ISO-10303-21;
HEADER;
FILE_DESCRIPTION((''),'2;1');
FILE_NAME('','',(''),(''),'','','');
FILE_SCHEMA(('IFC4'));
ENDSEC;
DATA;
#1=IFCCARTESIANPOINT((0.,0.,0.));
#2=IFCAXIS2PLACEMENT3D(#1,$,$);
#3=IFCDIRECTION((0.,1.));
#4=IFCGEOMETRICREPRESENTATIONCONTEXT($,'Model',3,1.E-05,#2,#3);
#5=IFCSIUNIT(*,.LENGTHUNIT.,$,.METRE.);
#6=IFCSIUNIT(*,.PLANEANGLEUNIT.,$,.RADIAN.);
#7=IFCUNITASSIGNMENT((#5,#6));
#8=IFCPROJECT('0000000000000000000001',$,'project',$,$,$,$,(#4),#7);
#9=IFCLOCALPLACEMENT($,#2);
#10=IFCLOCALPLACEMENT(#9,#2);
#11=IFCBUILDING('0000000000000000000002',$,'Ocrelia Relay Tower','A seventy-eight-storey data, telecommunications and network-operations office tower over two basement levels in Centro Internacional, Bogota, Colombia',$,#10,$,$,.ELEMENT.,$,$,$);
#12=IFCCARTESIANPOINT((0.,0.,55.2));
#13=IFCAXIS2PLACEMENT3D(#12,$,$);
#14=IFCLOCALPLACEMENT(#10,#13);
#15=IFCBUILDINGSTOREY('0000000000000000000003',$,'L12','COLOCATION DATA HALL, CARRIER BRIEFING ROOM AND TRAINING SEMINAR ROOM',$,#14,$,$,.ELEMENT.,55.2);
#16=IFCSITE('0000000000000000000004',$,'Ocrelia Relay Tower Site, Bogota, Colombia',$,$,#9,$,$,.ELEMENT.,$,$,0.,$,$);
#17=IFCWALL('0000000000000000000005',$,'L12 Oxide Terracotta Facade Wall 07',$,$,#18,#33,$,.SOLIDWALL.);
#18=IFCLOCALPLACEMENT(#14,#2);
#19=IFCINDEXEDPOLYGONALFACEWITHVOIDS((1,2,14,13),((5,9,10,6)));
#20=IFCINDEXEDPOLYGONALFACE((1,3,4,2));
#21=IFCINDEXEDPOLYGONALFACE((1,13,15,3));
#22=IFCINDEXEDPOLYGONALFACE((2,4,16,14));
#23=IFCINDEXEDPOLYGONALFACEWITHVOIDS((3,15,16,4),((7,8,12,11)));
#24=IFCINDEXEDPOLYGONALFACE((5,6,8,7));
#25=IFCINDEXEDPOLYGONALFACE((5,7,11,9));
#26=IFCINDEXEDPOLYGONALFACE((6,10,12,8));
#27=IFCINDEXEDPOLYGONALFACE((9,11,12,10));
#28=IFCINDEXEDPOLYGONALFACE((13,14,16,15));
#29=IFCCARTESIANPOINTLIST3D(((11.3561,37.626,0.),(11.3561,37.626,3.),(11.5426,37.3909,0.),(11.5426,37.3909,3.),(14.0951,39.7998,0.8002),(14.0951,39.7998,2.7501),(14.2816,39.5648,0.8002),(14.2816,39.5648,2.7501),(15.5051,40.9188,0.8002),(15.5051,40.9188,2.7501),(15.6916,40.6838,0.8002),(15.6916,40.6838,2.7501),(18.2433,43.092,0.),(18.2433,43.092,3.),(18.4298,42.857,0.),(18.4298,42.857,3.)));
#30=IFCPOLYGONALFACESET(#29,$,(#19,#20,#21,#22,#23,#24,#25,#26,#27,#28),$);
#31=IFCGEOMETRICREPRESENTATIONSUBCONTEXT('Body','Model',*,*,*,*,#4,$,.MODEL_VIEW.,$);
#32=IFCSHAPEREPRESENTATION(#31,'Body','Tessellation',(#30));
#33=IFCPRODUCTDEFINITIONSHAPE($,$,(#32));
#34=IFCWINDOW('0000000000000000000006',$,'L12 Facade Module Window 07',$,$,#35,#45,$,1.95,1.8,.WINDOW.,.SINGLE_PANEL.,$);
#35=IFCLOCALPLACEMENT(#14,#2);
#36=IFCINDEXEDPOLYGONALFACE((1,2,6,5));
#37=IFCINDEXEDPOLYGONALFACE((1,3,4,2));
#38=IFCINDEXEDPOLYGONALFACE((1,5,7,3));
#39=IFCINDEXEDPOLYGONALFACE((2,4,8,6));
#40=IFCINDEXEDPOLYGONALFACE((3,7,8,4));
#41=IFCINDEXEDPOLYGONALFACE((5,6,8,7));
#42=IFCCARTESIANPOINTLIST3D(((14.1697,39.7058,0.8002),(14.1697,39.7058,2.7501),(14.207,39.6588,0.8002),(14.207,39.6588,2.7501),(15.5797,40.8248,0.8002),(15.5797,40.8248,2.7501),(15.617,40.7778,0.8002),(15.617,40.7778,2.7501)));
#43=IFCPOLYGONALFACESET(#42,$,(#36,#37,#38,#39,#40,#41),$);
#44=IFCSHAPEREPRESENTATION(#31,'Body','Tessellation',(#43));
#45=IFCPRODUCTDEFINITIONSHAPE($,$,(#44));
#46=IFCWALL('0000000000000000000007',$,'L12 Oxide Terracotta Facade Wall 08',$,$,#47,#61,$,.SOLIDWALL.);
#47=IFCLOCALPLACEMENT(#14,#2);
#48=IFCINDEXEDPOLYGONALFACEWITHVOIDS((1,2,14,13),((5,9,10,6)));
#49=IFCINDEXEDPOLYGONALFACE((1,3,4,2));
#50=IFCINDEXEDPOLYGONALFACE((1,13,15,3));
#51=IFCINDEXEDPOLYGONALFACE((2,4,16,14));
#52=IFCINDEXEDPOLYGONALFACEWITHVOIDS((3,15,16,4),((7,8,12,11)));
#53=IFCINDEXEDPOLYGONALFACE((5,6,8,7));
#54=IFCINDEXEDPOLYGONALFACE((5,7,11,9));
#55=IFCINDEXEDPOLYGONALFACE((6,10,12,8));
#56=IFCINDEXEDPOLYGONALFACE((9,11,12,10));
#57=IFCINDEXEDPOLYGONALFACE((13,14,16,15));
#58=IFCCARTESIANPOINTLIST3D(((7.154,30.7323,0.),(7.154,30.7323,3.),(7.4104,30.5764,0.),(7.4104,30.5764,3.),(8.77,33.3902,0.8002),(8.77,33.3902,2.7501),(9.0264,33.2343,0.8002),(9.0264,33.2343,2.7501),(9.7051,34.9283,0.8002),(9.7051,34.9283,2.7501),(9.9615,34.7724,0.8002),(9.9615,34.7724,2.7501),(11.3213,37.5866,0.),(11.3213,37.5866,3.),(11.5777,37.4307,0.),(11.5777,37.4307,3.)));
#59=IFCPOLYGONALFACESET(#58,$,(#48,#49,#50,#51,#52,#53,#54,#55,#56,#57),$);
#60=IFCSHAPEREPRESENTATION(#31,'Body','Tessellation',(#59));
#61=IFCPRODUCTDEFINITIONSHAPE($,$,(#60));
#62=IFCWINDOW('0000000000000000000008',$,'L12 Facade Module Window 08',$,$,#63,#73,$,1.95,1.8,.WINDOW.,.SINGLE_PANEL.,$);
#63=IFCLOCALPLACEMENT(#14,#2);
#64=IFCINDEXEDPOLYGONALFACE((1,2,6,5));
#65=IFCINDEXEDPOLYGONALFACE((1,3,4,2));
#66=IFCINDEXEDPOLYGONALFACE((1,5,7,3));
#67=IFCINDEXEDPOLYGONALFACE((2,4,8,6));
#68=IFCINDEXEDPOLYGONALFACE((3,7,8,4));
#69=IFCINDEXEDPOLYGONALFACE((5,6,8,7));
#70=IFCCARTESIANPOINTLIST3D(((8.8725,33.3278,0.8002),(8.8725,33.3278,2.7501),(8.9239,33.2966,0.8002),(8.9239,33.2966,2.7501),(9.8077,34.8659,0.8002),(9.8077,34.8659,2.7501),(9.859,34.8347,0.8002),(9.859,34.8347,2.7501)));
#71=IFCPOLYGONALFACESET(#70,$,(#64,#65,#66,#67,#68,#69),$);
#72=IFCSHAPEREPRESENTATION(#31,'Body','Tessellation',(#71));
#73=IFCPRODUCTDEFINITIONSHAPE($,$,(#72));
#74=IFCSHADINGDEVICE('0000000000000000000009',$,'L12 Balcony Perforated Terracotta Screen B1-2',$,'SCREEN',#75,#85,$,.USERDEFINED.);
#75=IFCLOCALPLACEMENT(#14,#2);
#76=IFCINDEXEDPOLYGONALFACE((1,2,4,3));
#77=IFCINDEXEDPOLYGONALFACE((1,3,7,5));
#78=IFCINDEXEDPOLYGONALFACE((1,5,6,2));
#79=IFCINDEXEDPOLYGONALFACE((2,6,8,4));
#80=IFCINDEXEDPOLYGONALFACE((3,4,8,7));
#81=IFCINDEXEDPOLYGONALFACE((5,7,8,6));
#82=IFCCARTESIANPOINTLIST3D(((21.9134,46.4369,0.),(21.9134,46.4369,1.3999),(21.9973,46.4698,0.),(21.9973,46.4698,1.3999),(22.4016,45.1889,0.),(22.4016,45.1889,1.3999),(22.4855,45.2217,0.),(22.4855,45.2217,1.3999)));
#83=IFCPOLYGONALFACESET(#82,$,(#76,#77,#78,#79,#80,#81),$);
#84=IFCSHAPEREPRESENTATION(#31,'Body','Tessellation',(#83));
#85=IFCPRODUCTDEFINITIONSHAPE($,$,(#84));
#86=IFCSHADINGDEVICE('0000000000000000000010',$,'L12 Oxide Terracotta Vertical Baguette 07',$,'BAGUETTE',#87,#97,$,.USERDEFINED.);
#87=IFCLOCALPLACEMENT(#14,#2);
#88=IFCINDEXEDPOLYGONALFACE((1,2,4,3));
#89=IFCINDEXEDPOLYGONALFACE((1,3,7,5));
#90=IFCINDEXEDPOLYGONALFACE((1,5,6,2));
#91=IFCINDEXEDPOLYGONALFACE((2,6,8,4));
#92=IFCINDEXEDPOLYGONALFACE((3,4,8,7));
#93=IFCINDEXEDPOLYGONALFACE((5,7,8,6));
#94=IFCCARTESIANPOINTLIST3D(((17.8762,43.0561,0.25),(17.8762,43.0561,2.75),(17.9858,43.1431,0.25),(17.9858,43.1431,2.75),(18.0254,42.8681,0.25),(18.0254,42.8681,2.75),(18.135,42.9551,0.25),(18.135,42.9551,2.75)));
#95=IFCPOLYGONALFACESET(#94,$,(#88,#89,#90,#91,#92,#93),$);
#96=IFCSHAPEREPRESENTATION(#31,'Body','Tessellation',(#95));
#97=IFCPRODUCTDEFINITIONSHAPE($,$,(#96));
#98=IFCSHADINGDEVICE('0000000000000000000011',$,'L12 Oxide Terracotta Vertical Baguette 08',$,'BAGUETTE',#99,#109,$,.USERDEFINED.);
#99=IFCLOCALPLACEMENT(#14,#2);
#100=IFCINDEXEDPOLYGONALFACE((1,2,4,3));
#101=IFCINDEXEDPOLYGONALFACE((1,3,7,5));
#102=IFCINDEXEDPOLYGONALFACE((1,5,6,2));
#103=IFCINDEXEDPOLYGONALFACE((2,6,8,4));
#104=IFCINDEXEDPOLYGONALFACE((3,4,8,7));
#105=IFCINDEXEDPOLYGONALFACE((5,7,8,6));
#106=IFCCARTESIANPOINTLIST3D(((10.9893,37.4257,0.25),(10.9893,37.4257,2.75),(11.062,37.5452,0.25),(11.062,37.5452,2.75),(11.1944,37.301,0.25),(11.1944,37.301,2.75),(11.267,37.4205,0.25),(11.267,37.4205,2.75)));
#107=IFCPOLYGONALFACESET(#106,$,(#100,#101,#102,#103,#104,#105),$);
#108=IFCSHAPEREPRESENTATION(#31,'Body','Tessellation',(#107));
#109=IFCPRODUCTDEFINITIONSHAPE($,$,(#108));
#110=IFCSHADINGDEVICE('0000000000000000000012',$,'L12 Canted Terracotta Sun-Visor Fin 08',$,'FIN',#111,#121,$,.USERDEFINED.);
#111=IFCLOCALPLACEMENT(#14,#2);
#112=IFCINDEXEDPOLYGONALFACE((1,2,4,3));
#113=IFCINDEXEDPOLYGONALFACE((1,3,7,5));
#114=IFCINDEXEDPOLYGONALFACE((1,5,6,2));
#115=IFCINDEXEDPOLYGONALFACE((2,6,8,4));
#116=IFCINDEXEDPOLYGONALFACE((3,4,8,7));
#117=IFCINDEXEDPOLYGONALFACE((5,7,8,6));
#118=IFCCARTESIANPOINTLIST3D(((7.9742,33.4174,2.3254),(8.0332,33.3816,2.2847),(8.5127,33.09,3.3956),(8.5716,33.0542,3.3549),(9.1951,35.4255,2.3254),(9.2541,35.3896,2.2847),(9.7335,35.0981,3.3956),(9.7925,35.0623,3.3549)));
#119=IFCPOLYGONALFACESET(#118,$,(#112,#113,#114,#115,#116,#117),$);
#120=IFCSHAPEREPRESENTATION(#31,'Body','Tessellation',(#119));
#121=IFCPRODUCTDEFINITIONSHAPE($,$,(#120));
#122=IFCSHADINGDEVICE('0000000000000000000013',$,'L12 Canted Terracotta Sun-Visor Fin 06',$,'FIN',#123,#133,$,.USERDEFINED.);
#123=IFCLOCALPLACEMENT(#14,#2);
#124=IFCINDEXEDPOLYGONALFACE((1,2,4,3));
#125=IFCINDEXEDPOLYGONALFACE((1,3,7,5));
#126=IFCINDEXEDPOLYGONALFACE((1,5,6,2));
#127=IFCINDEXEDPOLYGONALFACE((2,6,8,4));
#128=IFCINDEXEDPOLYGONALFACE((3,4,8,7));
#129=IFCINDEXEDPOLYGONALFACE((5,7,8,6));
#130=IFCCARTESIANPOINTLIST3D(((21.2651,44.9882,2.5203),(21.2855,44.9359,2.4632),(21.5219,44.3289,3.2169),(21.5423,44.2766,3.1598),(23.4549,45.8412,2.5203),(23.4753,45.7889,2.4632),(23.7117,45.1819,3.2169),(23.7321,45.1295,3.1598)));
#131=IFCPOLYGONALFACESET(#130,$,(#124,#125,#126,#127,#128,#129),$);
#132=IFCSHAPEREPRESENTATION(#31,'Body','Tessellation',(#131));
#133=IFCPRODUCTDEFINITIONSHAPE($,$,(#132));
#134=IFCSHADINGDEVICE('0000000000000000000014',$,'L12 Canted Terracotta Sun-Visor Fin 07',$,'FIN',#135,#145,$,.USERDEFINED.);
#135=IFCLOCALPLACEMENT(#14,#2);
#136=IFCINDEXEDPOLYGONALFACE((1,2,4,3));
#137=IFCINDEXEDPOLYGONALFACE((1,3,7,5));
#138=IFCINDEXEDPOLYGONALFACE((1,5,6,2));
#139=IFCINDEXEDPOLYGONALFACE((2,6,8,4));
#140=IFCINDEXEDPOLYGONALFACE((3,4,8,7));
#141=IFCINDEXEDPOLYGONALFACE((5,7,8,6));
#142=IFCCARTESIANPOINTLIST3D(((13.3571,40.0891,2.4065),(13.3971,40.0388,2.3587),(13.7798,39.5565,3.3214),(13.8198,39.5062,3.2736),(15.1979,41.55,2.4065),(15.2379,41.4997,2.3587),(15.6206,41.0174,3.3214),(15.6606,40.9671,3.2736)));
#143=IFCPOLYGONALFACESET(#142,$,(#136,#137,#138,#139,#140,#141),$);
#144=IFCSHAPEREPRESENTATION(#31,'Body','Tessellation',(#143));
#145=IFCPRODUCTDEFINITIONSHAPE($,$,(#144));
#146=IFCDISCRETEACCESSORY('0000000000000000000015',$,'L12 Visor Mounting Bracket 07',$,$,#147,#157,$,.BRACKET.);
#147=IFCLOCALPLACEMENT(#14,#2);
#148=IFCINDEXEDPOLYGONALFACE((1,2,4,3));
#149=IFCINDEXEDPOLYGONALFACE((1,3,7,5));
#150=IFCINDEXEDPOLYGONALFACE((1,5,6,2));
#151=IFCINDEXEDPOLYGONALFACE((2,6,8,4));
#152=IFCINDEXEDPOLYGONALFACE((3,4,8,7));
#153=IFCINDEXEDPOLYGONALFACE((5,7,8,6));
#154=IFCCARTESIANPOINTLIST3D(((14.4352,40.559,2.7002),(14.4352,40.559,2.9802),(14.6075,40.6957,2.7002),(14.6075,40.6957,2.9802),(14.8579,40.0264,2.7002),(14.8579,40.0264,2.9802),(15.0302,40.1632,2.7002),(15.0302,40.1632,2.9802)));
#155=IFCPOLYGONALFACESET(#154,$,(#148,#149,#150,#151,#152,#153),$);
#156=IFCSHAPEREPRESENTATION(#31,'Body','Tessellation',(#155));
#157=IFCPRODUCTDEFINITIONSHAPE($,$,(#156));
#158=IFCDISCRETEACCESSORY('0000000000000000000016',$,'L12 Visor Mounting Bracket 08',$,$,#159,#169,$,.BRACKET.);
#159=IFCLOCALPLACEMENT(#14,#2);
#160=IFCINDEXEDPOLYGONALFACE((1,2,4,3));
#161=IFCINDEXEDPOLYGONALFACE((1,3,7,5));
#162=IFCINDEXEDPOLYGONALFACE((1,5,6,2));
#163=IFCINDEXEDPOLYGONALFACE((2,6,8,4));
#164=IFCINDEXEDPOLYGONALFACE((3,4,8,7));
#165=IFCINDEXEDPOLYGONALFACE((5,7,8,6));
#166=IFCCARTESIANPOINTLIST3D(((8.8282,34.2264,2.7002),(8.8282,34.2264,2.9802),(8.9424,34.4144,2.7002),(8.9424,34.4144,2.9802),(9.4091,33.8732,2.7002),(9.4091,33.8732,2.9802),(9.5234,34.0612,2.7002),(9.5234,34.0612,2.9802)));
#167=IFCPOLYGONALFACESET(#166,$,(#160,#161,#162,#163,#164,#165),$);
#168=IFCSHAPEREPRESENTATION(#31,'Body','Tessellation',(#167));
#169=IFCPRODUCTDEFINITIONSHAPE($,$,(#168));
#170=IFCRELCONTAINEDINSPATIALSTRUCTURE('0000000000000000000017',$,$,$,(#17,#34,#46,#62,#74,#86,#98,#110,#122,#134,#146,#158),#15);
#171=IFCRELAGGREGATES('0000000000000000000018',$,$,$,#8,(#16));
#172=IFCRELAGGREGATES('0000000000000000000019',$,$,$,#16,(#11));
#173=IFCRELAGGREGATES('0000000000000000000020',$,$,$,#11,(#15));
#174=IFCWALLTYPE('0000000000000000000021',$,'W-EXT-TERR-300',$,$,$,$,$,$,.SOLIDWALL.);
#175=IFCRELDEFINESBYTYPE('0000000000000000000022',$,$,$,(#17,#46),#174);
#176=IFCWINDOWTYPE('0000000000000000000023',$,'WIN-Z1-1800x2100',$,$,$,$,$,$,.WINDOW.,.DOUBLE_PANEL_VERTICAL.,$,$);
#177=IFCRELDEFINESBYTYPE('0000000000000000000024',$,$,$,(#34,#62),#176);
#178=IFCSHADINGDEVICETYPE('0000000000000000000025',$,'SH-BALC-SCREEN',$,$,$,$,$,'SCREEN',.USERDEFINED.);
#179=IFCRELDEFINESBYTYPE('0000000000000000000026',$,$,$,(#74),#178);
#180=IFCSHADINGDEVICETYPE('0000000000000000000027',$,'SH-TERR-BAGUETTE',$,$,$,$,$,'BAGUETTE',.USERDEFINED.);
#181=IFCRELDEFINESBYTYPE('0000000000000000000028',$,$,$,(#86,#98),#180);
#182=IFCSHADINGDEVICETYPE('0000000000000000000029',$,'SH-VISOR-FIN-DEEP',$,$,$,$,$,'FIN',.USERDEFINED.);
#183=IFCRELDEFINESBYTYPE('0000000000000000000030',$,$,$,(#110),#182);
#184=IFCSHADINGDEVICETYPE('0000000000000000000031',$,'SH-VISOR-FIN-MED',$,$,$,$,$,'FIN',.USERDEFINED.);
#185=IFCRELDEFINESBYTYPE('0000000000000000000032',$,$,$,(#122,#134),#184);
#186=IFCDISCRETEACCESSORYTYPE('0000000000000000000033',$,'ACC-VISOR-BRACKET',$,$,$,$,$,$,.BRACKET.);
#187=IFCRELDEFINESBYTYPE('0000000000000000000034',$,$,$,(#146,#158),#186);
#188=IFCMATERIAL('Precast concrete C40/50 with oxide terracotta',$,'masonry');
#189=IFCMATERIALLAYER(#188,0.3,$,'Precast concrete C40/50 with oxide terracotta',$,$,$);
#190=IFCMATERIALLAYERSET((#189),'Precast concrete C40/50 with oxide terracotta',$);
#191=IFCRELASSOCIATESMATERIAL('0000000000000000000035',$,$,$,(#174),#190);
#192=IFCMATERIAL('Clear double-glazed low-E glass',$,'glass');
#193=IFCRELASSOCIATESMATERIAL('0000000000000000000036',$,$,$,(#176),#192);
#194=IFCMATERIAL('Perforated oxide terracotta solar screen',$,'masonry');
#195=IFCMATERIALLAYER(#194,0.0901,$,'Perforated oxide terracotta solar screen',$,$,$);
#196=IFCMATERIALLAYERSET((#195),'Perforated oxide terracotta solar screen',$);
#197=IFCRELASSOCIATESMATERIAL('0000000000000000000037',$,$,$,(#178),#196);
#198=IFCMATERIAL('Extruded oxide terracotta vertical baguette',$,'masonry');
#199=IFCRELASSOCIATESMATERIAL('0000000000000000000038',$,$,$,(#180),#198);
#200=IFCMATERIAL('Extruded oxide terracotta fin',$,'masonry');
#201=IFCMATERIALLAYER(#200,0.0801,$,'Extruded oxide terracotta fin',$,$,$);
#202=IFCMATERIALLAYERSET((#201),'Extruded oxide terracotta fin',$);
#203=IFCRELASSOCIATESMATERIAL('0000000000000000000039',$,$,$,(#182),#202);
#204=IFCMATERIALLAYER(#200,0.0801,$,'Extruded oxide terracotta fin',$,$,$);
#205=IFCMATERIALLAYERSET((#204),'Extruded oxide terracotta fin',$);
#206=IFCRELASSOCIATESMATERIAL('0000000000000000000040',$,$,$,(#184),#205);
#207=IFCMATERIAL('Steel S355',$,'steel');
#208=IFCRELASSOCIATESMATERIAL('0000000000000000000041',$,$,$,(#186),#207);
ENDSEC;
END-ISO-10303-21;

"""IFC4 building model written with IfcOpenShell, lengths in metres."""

from ifc_helpers import new_model, si_unit, direction, frame, frame_2d, origin, origin_2d, place, context, subcontext, project, spatial, rectangle, extrude, material, layer, layer_set, type_object, element, fill, save


model = new_model("IFC4")

# Units and contexts
model_context = context("Model", 3, precision=1e-05, world=origin(), true_north=direction((0.0, 1.0)))
body_context = subcontext(model_context, "Body", "Model", "MODEL_VIEW")
ifc_project = project(units=[si_unit("LENGTHUNIT", "METRE"), si_unit("PLANEANGLEUNIT", "RADIAN")], contexts=[model_context])

# Site, building, storey
site_placement = place(None, origin())
site = spatial("IfcSite", under=ifc_project, at=site_placement, Name="Ocrelia Relay Tower Site, Bogota, Colombia", CompositionType="ELEMENT", RefElevation=0.0)
building_placement = place(site_placement, origin())
building = spatial("IfcBuilding", under=site, at=building_placement, Name="Ocrelia Relay Tower", Description="A seventy-eight-storey data, telecommunications and network-operations office tower over two basement levels in Centro Internacional, Bogota, Colombia", CompositionType="ELEMENT")
storey_placement = place(building_placement, frame((0.0, 0.0, 55.2)))
storey = spatial("IfcBuildingStorey", under=building, at=storey_placement, Name="L12", Description="COLOCATION DATA HALL, CARRIER BRIEFING ROOM AND TRAINING SEMINAR ROOM", CompositionType="ELEMENT", Elevation=55.2)

# Shared definitions
ifc_material_1 = material(Name="Steel S355", Category="steel")

# Walls, openings, windows
ifc_material_2 = material(Name="Precast concrete C40/50 with oxide terracotta", Category="masonry")
ifc_layer_1 = layer(ifc_material_2, 0.3, Name="Precast concrete C40/50 with oxide terracotta")
ifc_layer_set_1 = layer_set([ifc_layer_1], Name="Precast concrete C40/50 with oxide terracotta")
wall_type_1 = type_object("IfcWallType", Name="W-EXT-TERR-300", PredefinedType="SOLIDWALL", material=ifc_layer_set_1)
wall_1_placement = place(storey_placement, frame((18.3367, 42.9746, 0.0), z_axis=(0.0, 0.0, 1.0), x_axis=(-0.783287, -0.62166, 0.0)))
wall_1 = element("IfcWall", 1, at=wall_1_placement, inside=storey, type_object=wall_type_1, Name="L12 Oxide Terracotta Facade Wall 07", PredefinedType="SOLIDWALL", context=body_context, shape_type="SweptSolid", body=[
    extrude(rectangle(XDim=8.7927, YDim=0.3, at=frame_2d((4.3965, 0.0))), origin(), (0.0, 0.0, 1.0), 3.0),
])
opening_1_placement = place(wall_1_placement, frame((3.4961, 0.0, 0.8)))
opening_1 = element("IfcOpeningElement", 2, at=opening_1_placement, cuts=wall_1, PredefinedType="OPENING", context=body_context, shape_type="SweptSolid", body=[
    extrude(rectangle(XDim=1.8, YDim=1.95, at=frame_2d((0.8999, 0.9751))), frame((0.0, 0.1602, 0.0), z_axis=(0.0, -1.0, 0.0), x_axis=(1.0, 0.0, 0.0)), (0.0, 0.0, 1.0), 0.3201),
])
ifc_material_3 = material(Name="Clear double-glazed low-E glass", Category="glass")
window_type = type_object("IfcWindowType", Name="WIN-Z1-1800x2100", PartitioningType="DOUBLE_PANEL_VERTICAL", PredefinedType="WINDOW", material=ifc_material_3)
window_1_placement = place(opening_1_placement, origin())
window_1 = element("IfcWindow", 3, at=window_1_placement, inside=storey, type_object=window_type, Name="L12 Facade Module Window 07", OverallHeight=1.95, OverallWidth=1.8, PartitioningType="SINGLE_PANEL", PredefinedType="WINDOW", context=body_context, shape_type="SweptSolid", body=[
    extrude(rectangle(XDim=1.8, YDim=1.95, at=frame_2d((0.8999, 0.9751))), frame((0.0, 0.03, 0.0), z_axis=(0.0, -1.0, 0.0), x_axis=(1.0, 0.0, 0.0)), (0.0, 0.0, 1.0), 0.0601),
])
fill(opening_1, window_1)
wall_2_placement = place(storey_placement, frame((11.4495, 37.5085, 0.0), z_axis=(0.0, 0.0, 1.0), x_axis=(-0.5195, -0.854471, 0.0)))
wall_2 = element("IfcWall", 4, at=wall_2_placement, inside=storey, type_object=wall_type_1, Name="L12 Oxide Terracotta Facade Wall 08", PredefinedType="SOLIDWALL", context=body_context, shape_type="SweptSolid", body=[
    extrude(rectangle(XDim=8.0217, YDim=0.3, at=frame_2d((4.0107, 0.0))), origin(), (0.0, 0.0, 1.0), 3.0),
])
opening_2_placement = place(wall_2_placement, frame((3.1111, 0.0, 0.8)))
opening_2 = element("IfcOpeningElement", 5, at=opening_2_placement, cuts=wall_2, PredefinedType="OPENING", context=body_context, shape_type="SweptSolid", body=[
    extrude(rectangle(XDim=1.8, YDim=1.95, at=frame_2d((0.8999, 0.9751))), frame((0.0, 0.1602, 0.0), z_axis=(0.0, -1.0, 0.0), x_axis=(1.0, 0.0, 0.0)), (0.0, 0.0, 1.0), 0.3201),
])
window_2_placement = place(opening_2_placement, origin())
window_2 = element("IfcWindow", 6, at=window_2_placement, inside=storey, type_object=window_type, Name="L12 Facade Module Window 08", OverallHeight=1.95, OverallWidth=1.8, PartitioningType="SINGLE_PANEL", PredefinedType="WINDOW", context=body_context, shape_type="SweptSolid", body=[
    extrude(rectangle(XDim=1.8, YDim=1.95, at=frame_2d((0.8999, 0.9751))), frame((0.0, 0.03, 0.0), z_axis=(0.0, -1.0, 0.0), x_axis=(1.0, 0.0, 0.0)), (0.0, 0.0, 1.0), 0.0601),
])
fill(opening_2, window_2)

# Shading devices
ifc_material_4 = material(Name="Perforated oxide terracotta solar screen", Category="masonry")
ifc_layer_2 = layer(ifc_material_4, 0.0901, Name="Perforated oxide terracotta solar screen")
ifc_layer_set_2 = layer_set([ifc_layer_2], Name="Perforated oxide terracotta solar screen")
shading_device_type_1 = type_object("IfcShadingDeviceType", Name="SH-BALC-SCREEN", ElementType="SCREEN", PredefinedType="USERDEFINED", material=ifc_layer_set_2)
shading_device_1_placement = place(storey_placement, frame((22.1995, 45.8293, 0.0), z_axis=(0.0, 0.0, 1.0), x_axis=(-0.364278, 0.93129, 0.0)))
element("IfcShadingDevice", 7, at=shading_device_1_placement, inside=storey, type_object=shading_device_type_1, Name="L12 Balcony Perforated Terracotta Screen B1-2", ObjectType="SCREEN", PredefinedType="USERDEFINED", context=body_context, shape_type="SweptSolid", body=[
    extrude(rectangle(XDim=1.3401, YDim=0.0901, at=origin_2d()), origin(), (0.0, 0.0, 1.0), 1.3999),
])
ifc_material_5 = material(Name="Extruded oxide terracotta vertical baguette", Category="masonry")
shading_device_type_2 = type_object("IfcShadingDeviceType", Name="SH-TERR-BAGUETTE", ElementType="BAGUETTE", PredefinedType="USERDEFINED", material=ifc_material_5)
for number, where, z_axis, x_axis, name in (
    (8, (18.0056, 43.0056, 0.25), (0.0, 0.0, 1.0), (-0.783291, -0.621656, 0.0), "L12 Oxide Terracotta Vertical Baguette 07"),
    (9, (11.1282, 37.4231, 0.25), (0.0, 0.0, 1.0), (-0.519499, -0.854471, 0.0), "L12 Oxide Terracotta Vertical Baguette 08"),
):
    element("IfcShadingDevice", number, at=place(storey_placement, frame(where, z_axis=z_axis, x_axis=x_axis)), inside=storey, type_object=shading_device_type_2, Name=name, ObjectType="BAGUETTE", PredefinedType="USERDEFINED", context=body_context, shape_type="SweptSolid", body=[
        extrude(rectangle(XDim=0.1399, YDim=0.24, at=origin_2d()), origin(), (0.0, 0.0, 1.0), 2.5),
    ])
ifc_material_6 = material(Name="Extruded oxide terracotta fin", Category="masonry")
ifc_layer_3 = layer(ifc_material_6, 0.0801, Name="Extruded oxide terracotta fin")
ifc_layer_set_3 = layer_set([ifc_layer_3], Name="Extruded oxide terracotta fin")
shading_device_type_3 = type_object("IfcShadingDeviceType", Name="SH-VISOR-FIN-DEEP", ElementType="FIN", PredefinedType="USERDEFINED", material=ifc_layer_set_3)
shading_device_2_placement = place(storey_placement, frame((8.9128, 34.2219, 2.8198), z_axis=(-0.736313, 0.447662, 0.507388), x_axis=(-0.519499, -0.854471, 0.0)))
element("IfcShadingDevice", 10, at=shading_device_2_placement, inside=storey, type_object=shading_device_type_3, Name="L12 Canted Terracotta Sun-Visor Fin 08", ObjectType="FIN", PredefinedType="USERDEFINED", context=body_context, shape_type="SweptSolid", body=[
    extrude(rectangle(XDim=2.3501, YDim=1.2419, at=origin_2d()), origin(), (0.0, 0.0, 1.0), 0.0801),
])
ifc_layer_4 = layer(ifc_material_6, 0.0801, Name="Extruded oxide terracotta fin")
ifc_layer_set_4 = layer_set([ifc_layer_4], Name="Extruded oxide terracotta fin")
shading_device_type_4 = type_object("IfcShadingDeviceType", Name="SH-VISOR-FIN-MED", ElementType="FIN", PredefinedType="USERDEFINED", material=ifc_layer_set_4)
shading_device_3_placement = place(storey_placement, frame((22.5088, 45.0327, 2.8115), z_axis=(-0.254624, 0.653692, 0.712639), x_axis=(-0.931807, -0.362955, 0.0)))
element("IfcShadingDevice", 11, at=shading_device_3_placement, inside=storey, type_object=shading_device_type_4, Name="L12 Canted Terracotta Sun-Visor Fin 06", ObjectType="FIN", PredefinedType="USERDEFINED", context=body_context, shape_type="SweptSolid", body=[
    extrude(rectangle(XDim=2.3501, YDim=0.9929, at=origin_2d()), origin(), (0.0, 0.0, 1.0), 0.0801),
])
shading_device_4_placement = place(storey_placement, frame((14.5288, 40.5029, 2.8162), z_axis=(-0.498947, 0.628676, 0.596505), x_axis=(-0.783291, -0.621656, 0.0)))
element("IfcShadingDevice", 12, at=shading_device_4_placement, inside=storey, type_object=shading_device_type_4, Name="L12 Canted Terracotta Sun-Visor Fin 07", ObjectType="FIN", PredefinedType="USERDEFINED", context=body_context, shape_type="SweptSolid", body=[
    extrude(rectangle(XDim=2.3501, YDim=1.1399, at=origin_2d()), origin(), (0.0, 0.0, 1.0), 0.0801),
])

# Discrete accessories
discrete_accessory_type = type_object("IfcDiscreteAccessoryType", Name="ACC-VISOR-BRACKET", PredefinedType="BRACKET", material=ifc_material_1)
for number, where, z_axis, x_axis, name in (
    (13, (14.7327, 40.3611, 2.7002), (0.0, 0.0, 1.0), (-0.783291, -0.621656, 0.0), "L12 Visor Mounting Bracket 07"),
    (14, (9.1758, 34.1438, 2.7002), (0.0, 0.0, 1.0), (-0.519499, -0.854471, 0.0), "L12 Visor Mounting Bracket 08"),
):
    element("IfcDiscreteAccessory", number, at=place(storey_placement, frame(where, z_axis=z_axis, x_axis=x_axis)), inside=storey, type_object=discrete_accessory_type, Name=name, PredefinedType="BRACKET", context=body_context, shape_type="SweptSolid", body=[
        extrude(rectangle(XDim=0.22, YDim=0.6799, at=origin_2d()), origin(), (0.0, 0.0, 1.0), 0.28),
    ])

save(model, "model.ifc")
